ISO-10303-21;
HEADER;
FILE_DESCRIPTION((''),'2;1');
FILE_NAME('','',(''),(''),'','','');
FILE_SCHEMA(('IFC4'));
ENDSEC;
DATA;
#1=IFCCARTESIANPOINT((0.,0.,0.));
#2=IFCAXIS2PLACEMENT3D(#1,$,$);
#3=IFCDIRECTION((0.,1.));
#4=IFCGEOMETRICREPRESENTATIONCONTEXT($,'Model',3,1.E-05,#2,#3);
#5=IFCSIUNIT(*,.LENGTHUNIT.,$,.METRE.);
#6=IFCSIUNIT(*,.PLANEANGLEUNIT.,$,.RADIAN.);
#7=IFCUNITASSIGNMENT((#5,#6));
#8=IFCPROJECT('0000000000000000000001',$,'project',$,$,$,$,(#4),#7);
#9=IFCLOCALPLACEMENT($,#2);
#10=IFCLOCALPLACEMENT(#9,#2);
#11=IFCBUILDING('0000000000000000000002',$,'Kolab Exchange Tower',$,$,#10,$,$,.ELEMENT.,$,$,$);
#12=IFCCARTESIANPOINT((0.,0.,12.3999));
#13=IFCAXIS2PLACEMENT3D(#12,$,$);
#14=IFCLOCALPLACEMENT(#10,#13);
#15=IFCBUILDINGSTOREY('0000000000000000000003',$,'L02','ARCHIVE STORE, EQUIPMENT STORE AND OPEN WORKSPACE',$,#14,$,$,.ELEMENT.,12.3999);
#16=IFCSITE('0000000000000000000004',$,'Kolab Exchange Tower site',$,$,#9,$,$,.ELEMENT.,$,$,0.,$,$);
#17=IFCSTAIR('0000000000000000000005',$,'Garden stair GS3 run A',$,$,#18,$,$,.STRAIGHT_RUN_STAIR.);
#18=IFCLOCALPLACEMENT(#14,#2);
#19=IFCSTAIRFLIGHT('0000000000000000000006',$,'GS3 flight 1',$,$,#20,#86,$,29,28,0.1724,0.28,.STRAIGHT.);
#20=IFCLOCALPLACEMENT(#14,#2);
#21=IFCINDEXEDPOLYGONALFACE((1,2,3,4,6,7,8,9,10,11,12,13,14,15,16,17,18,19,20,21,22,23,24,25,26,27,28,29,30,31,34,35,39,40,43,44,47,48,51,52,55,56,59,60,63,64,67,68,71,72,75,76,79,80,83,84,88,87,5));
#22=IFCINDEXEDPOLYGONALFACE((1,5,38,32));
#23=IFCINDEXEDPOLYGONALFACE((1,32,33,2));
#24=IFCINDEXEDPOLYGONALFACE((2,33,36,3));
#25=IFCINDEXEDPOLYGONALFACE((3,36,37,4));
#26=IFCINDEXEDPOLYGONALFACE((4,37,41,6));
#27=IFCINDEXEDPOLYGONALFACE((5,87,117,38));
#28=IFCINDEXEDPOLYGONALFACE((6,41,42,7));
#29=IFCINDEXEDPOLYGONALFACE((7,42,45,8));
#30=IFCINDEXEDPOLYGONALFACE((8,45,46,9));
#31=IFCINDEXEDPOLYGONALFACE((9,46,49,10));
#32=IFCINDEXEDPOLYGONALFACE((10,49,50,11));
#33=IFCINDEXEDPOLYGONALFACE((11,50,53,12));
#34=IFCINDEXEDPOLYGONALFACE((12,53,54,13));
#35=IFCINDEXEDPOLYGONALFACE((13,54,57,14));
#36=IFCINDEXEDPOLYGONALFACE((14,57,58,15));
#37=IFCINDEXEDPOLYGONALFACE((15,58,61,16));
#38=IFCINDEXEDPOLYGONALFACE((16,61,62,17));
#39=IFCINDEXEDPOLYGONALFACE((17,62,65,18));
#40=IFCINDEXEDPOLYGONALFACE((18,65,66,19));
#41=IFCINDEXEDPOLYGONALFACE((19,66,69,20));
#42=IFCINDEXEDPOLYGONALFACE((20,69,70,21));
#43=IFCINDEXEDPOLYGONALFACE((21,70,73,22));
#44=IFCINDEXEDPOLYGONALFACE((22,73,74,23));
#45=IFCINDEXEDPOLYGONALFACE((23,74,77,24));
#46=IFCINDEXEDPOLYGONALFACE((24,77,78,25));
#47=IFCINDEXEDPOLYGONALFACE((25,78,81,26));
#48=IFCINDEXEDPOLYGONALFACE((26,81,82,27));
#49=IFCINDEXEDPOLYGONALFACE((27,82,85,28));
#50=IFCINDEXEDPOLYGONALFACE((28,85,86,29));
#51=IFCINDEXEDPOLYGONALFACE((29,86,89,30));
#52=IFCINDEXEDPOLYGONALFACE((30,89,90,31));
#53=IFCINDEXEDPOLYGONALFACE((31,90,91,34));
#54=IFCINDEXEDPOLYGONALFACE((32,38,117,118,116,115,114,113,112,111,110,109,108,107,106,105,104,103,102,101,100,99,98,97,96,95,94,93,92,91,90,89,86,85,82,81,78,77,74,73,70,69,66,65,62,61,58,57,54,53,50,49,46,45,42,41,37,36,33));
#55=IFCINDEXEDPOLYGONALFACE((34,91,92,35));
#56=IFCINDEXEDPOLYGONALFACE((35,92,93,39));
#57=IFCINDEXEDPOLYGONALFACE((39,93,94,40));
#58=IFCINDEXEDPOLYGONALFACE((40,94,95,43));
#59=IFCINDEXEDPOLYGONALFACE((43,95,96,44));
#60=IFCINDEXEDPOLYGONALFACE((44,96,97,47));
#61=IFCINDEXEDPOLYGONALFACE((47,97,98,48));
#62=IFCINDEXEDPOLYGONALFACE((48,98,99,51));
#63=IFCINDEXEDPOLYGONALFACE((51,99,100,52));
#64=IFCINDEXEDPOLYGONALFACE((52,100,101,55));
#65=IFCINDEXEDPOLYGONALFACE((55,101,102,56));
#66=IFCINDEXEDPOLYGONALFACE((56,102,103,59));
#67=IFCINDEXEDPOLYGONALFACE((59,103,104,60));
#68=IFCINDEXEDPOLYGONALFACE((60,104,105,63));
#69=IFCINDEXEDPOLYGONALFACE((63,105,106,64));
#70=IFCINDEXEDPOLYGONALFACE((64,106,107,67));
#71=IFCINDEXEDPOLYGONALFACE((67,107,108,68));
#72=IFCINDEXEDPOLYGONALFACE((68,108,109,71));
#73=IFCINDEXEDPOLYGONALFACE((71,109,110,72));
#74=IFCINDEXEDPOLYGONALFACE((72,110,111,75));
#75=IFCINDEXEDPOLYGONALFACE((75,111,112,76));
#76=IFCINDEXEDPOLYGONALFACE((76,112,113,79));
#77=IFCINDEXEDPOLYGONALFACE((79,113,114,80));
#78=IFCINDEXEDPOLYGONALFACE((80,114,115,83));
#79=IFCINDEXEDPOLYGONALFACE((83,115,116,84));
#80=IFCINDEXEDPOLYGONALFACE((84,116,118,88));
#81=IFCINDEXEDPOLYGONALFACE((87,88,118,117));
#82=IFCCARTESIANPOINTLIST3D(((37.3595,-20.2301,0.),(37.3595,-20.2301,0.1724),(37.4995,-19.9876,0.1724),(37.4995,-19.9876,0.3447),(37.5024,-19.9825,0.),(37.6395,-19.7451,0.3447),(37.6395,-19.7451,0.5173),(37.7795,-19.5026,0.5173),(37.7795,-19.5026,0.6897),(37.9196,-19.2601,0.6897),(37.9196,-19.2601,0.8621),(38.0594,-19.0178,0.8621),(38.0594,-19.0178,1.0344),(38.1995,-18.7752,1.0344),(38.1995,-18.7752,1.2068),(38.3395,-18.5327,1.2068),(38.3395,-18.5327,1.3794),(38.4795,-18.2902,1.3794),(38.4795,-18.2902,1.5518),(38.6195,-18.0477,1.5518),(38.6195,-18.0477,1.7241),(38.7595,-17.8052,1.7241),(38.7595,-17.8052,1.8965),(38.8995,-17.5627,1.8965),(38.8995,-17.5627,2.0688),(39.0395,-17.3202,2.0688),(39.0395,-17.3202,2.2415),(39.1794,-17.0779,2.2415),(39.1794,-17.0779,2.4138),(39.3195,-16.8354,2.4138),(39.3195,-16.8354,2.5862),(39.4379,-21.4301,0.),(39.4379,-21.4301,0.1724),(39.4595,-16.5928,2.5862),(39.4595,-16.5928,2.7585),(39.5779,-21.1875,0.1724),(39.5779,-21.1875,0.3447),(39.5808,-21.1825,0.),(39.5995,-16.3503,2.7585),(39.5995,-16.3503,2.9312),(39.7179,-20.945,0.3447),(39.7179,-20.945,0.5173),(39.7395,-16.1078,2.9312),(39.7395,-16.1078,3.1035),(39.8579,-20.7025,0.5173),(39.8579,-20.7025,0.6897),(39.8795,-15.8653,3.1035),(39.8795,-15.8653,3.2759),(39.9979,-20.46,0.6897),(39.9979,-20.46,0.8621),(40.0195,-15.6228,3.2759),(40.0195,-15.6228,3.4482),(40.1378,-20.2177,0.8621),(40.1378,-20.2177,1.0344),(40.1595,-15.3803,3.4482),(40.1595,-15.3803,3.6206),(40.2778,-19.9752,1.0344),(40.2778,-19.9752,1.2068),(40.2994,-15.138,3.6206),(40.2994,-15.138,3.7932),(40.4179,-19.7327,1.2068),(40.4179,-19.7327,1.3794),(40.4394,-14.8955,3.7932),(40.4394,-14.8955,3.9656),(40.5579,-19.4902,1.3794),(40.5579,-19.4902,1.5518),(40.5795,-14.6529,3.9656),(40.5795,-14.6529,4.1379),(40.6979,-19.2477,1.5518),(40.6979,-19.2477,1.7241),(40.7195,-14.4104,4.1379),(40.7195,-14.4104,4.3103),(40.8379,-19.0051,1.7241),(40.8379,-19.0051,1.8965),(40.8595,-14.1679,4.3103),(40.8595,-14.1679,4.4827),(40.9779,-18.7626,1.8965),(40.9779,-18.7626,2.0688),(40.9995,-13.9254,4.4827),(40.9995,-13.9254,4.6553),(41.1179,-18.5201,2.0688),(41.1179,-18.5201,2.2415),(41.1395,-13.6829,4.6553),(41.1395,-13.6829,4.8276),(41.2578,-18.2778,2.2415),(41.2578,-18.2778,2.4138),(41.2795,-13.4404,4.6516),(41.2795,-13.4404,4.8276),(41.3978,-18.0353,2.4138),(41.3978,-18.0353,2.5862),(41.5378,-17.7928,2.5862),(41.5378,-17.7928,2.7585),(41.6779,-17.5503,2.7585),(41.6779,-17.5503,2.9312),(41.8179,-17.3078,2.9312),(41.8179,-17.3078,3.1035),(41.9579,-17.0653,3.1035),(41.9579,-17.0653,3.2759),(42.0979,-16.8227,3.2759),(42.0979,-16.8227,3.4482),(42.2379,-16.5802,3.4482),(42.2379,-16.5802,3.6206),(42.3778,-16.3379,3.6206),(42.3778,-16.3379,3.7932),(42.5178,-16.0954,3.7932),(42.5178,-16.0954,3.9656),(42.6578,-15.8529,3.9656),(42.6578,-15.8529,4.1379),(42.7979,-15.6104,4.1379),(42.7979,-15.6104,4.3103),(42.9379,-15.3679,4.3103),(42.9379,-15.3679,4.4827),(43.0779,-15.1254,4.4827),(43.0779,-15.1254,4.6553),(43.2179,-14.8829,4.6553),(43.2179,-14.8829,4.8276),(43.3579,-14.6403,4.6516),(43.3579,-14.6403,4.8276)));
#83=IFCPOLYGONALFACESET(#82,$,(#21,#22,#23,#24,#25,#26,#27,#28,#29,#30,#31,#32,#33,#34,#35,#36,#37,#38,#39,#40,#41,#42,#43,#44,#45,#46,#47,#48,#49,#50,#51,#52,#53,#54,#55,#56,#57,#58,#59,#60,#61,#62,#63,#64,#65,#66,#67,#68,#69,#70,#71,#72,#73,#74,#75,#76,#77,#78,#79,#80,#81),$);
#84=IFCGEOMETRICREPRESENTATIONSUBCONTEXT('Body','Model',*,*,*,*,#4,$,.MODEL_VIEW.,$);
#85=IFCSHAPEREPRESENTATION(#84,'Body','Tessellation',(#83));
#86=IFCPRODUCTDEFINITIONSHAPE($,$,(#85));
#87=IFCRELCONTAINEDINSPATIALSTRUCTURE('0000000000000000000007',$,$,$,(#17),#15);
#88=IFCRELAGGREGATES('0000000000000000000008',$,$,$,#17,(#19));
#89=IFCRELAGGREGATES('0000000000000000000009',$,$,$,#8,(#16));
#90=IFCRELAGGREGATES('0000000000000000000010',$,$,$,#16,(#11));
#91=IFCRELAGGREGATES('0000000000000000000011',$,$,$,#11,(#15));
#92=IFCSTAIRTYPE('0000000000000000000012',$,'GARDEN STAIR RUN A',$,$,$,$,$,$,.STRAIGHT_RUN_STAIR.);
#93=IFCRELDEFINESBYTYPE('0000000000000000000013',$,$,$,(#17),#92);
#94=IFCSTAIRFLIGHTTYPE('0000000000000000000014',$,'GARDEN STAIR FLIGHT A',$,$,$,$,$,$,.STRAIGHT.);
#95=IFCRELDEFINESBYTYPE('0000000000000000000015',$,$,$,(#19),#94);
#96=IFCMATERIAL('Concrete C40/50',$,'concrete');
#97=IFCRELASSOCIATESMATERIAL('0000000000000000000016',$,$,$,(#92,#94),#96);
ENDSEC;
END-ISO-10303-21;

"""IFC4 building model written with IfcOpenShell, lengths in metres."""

from ifc_helpers import new_model, si_unit, direction, frame, origin, place, context, subcontext, project, spatial, polyline, outline, extrude, material, type_object, element, aggregate, save


model = new_model("IFC4")

# Units and contexts
model_context = context("Model", 3, precision=1e-05, world=origin(), true_north=direction((0.0, 1.0)))
body_context = subcontext(model_context, "Body", "Model", "MODEL_VIEW")
ifc_project = project(units=[si_unit("LENGTHUNIT", "METRE"), si_unit("PLANEANGLEUNIT", "RADIAN")], contexts=[model_context])

# Site, building, storey
site_placement = place(None, origin())
site = spatial("IfcSite", under=ifc_project, at=site_placement, Name="Kolab Exchange Tower site", CompositionType="ELEMENT", RefElevation=0.0)
building_placement = place(site_placement, origin())
building = spatial("IfcBuilding", under=site, at=building_placement, Name="Kolab Exchange Tower", CompositionType="ELEMENT")
storey_placement = place(building_placement, frame((0.0, 0.0, 12.3999)))
storey = spatial("IfcBuildingStorey", under=building, at=storey_placement, Name="L02", Description="ARCHIVE STORE, EQUIPMENT STORE AND OPEN WORKSPACE", CompositionType="ELEMENT", Elevation=12.3999)

# Shared definitions
ifc_material_1 = material(Name="Concrete C40/50", Category="concrete")

# Stair, stair flight
stair_type = type_object("IfcStairType", Name="GARDEN STAIR RUN A", PredefinedType="STRAIGHT_RUN_STAIR", material=ifc_material_1)
stair_placement = place(storey_placement, origin())
stair = element("IfcStair", 1, at=stair_placement, inside=storey, type_object=stair_type, Name="Garden stair GS3 run A", PredefinedType="STRAIGHT_RUN_STAIR")
stair_flight_type = type_object("IfcStairFlightType", Name="GARDEN STAIR FLIGHT A", PredefinedType="STRAIGHT", material=ifc_material_1)
stair_flight_placement = place(storey_placement, frame((38.3987, -20.8301, 0.0), z_axis=(0.0, 0.0, 1.0), x_axis=(0.5, 0.866025, 0.0)))
stair_flight = element("IfcStairFlight", 2, at=stair_flight_placement, type_object=stair_flight_type, Name="GS3 flight 1", NumberOfRisers=29, NumberOfTreads=28, PredefinedType="STRAIGHT", RiserHeight=0.1724, TreadLength=0.28, context=body_context, shape_type="SweptSolid", body=[
    extrude(outline(polyline([(0.0, 0.0), (0.0, 0.1724), (0.28, 0.1724), (0.28, 0.3447), (0.5601, 0.3447), (0.5601, 0.5173), (0.8401, 0.5173), (0.8401, 0.6897), (1.1201, 0.6897), (1.1201, 0.8621), (1.3999, 0.8621), (1.3999, 1.0344), (1.6799, 1.0344), (1.6799, 1.2068), (1.96, 1.2068), (1.96, 1.3794), (2.24, 1.3794), (2.24, 1.5518), (2.52, 1.5518), (2.52, 1.7241), (2.8, 1.7241), (2.8, 1.8965), (3.0801, 1.8965), (3.0801, 2.0688), (3.3601, 2.0688), (3.3601, 2.2415), (3.6399, 2.2415), (3.6399, 2.4138), (3.9199, 2.4138), (3.9199, 2.5862), (4.2, 2.5862), (4.2, 2.7585), (4.48, 2.7585), (4.48, 2.9312), (4.76, 2.9312), (4.76, 3.1035), (5.04, 3.1035), (5.04, 3.2759), (5.3201, 3.2759), (5.3201, 3.4482), (5.6001, 3.4482), (5.6001, 3.6206), (5.8799, 3.6206), (5.8799, 3.7932), (6.1599, 3.7932), (6.1599, 3.9656), (6.4399, 3.9656), (6.4399, 4.1379), (6.72, 4.1379), (6.72, 4.3103), (7.0, 4.3103), (7.0, 4.4827), (7.28, 4.4827), (7.28, 4.6553), (7.5601, 4.6553), (7.5601, 4.8276), (7.8401, 4.8276), (7.8401, 5.0), (7.8401, 4.6516), (0.2859, 0.0), (0.0, 0.0)])), frame((0.0, 1.2, 0.0), z_axis=(0.0, -1.0, 0.0), x_axis=(1.0, 0.0, 0.0)), (0.0, 0.0, 1.0), 2.3999),
])
aggregate(stair, [stair_flight])

save(model, "model.ifc")
